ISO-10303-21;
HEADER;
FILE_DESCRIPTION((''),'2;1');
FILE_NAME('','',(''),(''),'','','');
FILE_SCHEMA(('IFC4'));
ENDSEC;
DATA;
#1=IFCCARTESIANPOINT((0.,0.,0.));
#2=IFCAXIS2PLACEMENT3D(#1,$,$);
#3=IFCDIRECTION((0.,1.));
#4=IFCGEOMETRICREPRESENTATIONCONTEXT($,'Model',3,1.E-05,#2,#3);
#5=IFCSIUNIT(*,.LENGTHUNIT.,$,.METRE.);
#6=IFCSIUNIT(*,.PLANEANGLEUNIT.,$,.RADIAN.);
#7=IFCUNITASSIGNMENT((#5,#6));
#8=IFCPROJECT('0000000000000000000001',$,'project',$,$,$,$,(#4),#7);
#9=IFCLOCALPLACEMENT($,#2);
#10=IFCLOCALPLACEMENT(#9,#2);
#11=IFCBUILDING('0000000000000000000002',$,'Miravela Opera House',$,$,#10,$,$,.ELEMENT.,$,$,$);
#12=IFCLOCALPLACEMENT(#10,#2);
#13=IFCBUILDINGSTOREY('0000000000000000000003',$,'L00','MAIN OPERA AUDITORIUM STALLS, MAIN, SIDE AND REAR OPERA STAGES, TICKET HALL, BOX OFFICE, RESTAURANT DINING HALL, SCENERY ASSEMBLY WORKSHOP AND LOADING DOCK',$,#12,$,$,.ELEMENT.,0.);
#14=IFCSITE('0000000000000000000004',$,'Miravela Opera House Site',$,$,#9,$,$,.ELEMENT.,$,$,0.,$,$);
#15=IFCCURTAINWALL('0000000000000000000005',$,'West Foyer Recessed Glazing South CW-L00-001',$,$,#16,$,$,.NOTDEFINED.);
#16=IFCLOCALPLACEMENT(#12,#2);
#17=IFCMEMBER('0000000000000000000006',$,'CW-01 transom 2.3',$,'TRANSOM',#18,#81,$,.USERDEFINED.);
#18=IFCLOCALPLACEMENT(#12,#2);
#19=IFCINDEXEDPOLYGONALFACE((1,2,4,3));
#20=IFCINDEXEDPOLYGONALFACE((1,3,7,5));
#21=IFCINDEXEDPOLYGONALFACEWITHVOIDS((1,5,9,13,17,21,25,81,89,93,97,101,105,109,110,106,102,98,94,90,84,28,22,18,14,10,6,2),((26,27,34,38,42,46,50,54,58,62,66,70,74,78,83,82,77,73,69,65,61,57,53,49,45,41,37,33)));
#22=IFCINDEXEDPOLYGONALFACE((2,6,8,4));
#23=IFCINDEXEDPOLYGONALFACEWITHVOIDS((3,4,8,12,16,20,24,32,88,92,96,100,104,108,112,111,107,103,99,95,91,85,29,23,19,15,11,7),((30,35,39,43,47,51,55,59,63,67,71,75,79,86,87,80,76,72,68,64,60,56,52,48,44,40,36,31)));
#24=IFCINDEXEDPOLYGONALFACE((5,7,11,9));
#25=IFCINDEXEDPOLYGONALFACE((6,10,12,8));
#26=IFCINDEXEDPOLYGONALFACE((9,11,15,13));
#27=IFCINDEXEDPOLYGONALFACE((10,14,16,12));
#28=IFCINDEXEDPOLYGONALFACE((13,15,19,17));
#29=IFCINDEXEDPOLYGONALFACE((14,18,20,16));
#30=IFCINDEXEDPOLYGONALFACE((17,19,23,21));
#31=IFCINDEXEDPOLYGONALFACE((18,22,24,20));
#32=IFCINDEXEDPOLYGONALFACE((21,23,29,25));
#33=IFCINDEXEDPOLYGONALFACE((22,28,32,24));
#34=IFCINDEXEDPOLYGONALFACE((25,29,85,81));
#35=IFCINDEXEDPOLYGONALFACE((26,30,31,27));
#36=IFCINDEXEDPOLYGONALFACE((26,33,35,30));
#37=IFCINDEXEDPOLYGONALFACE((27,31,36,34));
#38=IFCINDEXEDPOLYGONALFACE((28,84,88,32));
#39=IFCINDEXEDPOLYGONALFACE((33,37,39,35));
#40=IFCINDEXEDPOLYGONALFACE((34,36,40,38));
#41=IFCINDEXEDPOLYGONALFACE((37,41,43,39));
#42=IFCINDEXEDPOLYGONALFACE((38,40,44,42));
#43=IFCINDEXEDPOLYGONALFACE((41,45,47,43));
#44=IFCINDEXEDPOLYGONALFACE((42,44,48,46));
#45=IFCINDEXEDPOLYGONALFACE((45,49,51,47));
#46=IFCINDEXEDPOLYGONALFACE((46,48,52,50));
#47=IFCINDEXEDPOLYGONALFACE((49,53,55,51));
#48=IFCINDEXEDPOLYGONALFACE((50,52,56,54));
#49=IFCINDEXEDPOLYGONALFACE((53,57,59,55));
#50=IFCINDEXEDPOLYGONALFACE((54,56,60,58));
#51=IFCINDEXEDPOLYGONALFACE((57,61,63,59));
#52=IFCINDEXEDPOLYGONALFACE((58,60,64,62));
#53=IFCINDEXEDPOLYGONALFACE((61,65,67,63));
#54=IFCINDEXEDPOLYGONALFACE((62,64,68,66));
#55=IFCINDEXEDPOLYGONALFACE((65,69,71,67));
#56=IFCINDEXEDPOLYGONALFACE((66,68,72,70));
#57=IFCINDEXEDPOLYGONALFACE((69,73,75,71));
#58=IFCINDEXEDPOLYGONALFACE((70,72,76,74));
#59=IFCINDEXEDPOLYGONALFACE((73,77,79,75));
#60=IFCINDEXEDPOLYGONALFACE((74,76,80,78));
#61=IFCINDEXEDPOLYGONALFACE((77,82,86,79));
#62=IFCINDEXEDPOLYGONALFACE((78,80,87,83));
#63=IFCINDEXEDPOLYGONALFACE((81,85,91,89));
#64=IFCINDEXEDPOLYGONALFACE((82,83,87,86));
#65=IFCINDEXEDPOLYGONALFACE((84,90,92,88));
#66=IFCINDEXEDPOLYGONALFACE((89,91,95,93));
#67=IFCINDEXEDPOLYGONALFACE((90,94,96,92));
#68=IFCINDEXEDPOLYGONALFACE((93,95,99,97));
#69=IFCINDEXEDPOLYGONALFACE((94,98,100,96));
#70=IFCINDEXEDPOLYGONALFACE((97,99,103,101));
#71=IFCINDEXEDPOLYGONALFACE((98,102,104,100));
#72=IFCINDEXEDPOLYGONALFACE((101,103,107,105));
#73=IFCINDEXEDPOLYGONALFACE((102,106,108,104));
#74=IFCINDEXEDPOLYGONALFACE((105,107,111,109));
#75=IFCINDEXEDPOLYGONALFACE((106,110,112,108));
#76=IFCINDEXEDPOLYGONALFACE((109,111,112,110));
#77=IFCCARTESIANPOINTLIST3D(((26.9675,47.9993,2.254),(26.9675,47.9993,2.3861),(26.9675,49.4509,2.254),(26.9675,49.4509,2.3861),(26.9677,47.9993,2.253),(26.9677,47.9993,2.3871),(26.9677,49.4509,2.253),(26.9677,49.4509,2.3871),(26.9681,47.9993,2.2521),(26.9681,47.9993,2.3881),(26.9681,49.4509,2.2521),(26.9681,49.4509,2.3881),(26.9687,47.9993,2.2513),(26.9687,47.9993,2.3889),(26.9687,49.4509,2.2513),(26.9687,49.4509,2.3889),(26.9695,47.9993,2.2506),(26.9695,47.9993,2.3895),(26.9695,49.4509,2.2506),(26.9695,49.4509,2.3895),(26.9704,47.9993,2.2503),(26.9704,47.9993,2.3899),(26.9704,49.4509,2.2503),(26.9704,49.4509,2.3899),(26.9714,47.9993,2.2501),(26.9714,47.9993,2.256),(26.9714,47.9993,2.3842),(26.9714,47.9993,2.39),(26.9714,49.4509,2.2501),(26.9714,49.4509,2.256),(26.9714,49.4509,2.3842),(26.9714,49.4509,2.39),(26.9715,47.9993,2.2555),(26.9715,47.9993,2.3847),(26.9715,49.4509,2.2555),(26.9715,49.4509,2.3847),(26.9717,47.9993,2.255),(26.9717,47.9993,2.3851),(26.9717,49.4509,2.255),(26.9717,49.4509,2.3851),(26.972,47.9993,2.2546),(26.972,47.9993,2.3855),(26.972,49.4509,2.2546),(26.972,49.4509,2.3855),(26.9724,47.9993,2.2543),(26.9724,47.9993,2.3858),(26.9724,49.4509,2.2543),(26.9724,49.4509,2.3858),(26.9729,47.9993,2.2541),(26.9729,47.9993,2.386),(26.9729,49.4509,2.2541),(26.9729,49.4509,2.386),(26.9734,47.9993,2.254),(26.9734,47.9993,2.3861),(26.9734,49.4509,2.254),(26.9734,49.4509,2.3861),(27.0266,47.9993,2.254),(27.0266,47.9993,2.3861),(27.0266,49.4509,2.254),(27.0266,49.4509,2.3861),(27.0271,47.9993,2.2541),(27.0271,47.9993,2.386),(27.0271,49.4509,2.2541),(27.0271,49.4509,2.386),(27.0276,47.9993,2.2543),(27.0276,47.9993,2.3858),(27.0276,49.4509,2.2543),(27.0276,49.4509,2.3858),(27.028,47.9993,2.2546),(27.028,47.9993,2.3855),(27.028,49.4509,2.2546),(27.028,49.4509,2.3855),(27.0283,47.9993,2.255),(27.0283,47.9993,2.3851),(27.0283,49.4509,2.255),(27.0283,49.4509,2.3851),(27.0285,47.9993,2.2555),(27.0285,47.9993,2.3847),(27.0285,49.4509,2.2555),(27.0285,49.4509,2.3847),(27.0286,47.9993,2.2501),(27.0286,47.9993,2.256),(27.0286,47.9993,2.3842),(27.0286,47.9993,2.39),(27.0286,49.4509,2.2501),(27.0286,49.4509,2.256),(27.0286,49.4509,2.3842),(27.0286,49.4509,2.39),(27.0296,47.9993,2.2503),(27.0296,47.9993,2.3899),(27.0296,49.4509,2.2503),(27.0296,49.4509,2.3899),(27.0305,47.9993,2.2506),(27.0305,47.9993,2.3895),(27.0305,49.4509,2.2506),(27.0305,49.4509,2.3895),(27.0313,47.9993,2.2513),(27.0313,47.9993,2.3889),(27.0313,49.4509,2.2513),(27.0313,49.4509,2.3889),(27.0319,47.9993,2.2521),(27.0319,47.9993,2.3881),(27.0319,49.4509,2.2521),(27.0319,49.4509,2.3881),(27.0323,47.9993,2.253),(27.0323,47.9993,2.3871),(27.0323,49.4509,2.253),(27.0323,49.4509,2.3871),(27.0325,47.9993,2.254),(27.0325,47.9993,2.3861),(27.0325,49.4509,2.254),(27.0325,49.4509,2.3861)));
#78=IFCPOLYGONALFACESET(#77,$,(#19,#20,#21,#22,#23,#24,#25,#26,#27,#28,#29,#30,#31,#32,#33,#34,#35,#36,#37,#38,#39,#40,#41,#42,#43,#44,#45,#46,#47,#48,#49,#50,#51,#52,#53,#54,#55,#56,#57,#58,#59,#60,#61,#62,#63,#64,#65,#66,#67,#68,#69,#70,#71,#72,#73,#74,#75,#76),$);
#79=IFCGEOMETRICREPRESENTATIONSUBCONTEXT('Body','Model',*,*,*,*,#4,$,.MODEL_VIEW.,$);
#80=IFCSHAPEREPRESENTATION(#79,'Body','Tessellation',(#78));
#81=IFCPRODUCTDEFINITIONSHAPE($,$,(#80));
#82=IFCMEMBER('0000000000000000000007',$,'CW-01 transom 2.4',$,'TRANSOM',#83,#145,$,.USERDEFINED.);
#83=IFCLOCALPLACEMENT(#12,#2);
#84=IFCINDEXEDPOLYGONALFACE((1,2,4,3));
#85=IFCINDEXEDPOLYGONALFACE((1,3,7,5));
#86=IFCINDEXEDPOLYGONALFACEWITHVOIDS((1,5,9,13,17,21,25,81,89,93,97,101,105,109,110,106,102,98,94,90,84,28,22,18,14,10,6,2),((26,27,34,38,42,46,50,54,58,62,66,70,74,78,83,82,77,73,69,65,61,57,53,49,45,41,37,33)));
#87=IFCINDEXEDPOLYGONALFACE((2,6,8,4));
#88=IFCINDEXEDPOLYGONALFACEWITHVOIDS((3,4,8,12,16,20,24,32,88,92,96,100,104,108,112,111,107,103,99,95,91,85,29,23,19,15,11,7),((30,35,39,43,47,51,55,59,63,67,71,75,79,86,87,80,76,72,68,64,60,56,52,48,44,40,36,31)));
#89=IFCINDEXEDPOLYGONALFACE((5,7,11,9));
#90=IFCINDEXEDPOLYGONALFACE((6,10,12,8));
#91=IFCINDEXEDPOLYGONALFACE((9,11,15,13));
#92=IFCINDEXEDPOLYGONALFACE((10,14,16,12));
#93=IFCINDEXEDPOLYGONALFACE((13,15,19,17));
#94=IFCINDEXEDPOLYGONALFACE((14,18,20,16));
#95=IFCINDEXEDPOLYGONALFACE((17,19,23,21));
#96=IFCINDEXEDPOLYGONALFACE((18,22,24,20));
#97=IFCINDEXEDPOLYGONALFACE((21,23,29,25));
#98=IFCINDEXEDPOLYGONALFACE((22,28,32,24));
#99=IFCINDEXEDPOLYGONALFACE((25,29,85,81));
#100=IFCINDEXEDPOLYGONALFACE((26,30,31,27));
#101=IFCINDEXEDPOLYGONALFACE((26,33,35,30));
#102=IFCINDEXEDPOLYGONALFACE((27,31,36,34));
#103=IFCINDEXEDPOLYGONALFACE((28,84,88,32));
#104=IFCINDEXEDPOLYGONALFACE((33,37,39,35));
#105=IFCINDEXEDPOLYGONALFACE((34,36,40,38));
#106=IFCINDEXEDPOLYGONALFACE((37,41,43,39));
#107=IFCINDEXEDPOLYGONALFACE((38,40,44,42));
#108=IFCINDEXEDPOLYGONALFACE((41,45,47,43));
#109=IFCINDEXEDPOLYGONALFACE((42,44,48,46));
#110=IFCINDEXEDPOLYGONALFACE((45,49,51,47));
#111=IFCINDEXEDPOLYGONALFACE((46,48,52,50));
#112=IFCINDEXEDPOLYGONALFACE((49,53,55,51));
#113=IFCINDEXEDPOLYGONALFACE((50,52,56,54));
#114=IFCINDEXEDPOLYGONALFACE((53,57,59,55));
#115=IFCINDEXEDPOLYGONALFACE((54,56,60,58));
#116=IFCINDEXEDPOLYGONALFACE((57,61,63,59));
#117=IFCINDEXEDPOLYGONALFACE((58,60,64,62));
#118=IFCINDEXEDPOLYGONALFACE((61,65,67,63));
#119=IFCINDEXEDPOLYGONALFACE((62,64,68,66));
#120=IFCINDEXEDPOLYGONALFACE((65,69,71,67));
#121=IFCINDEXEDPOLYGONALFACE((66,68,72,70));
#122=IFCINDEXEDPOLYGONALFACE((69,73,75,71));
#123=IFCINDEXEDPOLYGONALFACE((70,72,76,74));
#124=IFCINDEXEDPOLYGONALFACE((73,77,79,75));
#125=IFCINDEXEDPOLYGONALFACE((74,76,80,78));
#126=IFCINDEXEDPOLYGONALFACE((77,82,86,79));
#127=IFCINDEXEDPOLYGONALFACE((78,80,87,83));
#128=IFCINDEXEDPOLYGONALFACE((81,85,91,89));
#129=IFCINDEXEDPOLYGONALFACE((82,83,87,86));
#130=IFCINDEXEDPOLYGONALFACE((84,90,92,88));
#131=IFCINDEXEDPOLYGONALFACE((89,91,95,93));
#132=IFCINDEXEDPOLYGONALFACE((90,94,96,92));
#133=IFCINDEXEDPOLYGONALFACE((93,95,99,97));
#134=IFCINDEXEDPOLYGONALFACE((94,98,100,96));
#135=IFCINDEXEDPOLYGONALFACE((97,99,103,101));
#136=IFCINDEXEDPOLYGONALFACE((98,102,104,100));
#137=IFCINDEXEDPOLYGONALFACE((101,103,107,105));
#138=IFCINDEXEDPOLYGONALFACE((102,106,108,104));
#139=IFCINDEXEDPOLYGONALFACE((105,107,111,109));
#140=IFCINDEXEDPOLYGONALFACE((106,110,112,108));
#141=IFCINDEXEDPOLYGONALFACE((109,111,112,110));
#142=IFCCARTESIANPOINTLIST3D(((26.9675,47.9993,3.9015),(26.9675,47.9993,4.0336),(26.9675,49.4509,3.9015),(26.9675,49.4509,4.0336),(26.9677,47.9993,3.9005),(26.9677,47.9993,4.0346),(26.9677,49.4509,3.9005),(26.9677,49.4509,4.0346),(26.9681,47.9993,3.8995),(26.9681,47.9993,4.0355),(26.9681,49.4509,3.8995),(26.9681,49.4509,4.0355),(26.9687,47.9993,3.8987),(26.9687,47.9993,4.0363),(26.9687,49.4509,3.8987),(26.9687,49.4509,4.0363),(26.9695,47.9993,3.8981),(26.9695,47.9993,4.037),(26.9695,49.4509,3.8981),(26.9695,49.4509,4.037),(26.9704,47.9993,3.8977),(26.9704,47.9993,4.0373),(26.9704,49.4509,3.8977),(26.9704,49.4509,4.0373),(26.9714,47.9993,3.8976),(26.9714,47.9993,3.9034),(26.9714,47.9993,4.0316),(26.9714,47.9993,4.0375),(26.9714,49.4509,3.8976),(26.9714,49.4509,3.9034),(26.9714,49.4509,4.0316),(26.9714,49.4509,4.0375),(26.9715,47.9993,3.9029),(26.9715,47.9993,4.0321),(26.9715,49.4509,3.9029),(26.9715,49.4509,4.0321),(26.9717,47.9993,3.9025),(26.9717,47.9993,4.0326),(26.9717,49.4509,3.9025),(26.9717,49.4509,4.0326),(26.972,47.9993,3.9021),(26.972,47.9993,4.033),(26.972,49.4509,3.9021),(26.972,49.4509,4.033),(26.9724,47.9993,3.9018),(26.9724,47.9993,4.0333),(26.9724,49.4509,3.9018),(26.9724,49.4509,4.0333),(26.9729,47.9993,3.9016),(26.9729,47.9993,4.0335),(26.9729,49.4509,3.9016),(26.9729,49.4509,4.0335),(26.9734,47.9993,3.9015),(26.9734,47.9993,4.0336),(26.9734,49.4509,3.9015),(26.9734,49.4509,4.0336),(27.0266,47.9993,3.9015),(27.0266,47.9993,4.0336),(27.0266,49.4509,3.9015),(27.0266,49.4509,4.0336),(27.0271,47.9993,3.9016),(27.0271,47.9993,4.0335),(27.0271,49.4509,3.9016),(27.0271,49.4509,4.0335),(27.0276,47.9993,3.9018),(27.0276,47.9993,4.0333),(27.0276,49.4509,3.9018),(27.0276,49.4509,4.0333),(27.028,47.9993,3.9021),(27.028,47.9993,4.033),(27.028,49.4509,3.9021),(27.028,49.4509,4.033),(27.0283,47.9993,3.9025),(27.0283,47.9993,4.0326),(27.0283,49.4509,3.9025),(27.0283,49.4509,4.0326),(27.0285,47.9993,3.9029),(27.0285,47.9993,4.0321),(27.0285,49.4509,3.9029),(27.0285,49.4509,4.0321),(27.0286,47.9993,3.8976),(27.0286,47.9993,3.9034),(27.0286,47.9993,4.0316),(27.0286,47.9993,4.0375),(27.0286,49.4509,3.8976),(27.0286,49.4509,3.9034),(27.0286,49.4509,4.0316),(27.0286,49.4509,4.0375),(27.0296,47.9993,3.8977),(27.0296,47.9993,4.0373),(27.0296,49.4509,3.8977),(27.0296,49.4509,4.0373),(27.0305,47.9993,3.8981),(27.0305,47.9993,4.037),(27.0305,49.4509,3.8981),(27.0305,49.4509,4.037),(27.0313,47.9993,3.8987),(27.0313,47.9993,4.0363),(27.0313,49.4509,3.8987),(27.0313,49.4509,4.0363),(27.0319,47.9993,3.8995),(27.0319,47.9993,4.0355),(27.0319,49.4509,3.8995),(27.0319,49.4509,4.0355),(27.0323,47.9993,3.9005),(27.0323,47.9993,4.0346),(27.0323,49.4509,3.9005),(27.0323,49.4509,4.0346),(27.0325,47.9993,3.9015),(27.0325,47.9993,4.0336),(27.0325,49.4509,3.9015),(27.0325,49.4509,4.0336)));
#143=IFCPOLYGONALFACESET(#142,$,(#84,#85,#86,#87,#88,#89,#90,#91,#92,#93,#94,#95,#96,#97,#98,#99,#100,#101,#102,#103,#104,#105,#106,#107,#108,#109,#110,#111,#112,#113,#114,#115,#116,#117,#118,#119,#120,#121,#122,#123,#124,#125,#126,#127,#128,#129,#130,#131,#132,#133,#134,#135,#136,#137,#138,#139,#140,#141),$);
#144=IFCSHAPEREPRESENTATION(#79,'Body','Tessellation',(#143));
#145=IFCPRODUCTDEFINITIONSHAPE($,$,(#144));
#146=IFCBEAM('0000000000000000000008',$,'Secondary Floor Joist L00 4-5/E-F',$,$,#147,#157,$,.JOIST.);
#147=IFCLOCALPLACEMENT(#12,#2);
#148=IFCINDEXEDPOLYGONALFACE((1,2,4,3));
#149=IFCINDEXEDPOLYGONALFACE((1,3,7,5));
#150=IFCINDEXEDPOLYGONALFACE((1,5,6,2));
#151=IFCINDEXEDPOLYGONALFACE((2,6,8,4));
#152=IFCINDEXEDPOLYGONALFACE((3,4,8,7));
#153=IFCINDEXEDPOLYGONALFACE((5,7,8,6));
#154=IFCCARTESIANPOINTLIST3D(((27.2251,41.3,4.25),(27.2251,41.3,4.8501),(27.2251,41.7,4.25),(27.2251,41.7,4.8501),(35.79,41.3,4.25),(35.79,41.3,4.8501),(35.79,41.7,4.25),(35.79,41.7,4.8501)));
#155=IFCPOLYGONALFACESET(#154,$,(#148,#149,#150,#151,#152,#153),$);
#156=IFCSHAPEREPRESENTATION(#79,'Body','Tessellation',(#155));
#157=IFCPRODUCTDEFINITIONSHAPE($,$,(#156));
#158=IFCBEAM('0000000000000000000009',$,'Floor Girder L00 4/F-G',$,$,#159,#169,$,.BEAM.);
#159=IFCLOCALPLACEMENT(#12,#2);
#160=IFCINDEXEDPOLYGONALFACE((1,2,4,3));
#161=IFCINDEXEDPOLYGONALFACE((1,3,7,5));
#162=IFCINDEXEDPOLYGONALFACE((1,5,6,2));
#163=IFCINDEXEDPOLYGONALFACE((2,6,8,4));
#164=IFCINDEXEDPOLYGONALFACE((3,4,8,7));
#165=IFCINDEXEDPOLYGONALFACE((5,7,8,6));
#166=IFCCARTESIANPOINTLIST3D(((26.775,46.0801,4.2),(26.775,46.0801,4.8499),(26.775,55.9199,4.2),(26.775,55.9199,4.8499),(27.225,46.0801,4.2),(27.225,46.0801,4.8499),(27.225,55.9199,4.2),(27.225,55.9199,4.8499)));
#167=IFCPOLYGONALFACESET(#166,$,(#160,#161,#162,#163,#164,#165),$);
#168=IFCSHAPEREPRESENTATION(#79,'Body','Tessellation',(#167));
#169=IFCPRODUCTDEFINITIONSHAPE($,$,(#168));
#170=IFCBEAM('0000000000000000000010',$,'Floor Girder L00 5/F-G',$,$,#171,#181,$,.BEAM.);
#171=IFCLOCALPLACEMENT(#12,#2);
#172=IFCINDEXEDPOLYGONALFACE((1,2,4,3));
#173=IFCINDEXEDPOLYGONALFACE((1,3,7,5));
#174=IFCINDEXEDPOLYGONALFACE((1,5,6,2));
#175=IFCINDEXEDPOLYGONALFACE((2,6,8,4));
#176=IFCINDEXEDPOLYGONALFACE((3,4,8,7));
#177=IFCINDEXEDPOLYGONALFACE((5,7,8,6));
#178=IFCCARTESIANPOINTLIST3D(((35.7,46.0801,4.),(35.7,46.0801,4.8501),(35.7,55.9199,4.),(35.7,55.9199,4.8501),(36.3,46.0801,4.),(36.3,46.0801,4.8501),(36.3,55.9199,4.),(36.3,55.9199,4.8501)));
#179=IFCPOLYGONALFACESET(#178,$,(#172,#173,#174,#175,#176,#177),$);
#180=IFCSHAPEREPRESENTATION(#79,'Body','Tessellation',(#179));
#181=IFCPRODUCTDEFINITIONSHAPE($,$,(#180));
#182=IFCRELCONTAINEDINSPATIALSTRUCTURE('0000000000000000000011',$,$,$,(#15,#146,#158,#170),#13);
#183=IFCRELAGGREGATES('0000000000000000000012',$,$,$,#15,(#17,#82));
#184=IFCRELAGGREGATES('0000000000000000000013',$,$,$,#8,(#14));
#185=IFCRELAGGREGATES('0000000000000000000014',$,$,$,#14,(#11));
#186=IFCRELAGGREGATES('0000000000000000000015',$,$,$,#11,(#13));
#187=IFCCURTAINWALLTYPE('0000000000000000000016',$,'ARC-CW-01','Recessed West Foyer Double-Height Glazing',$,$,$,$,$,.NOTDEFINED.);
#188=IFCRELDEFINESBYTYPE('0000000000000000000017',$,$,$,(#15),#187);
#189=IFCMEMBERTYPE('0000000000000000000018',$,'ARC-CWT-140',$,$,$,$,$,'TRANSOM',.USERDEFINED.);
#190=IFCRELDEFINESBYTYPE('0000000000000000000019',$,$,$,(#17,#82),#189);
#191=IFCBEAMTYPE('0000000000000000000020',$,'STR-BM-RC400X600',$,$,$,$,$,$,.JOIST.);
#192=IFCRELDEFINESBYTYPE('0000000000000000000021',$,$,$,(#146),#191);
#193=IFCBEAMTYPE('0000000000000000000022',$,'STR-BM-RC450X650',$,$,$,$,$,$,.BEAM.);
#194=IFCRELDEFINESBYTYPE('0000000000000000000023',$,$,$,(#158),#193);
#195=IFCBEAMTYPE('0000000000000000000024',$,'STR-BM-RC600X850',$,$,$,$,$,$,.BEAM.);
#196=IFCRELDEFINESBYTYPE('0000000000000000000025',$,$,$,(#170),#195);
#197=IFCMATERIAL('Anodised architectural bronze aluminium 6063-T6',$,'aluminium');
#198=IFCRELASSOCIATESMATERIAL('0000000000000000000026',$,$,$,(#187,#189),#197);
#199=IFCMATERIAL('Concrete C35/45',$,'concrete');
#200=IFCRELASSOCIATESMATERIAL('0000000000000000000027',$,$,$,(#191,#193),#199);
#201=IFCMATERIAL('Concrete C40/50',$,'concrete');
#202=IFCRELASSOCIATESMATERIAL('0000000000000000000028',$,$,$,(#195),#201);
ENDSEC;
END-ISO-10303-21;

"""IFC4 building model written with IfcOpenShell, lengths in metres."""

from ifc_helpers import new_model, si_unit, direction, frame, origin, origin_2d, place, context, subcontext, project, spatial, rectangle, hollow_rectangle, extrude, material, material_profile, profile_set, type_object, element, aggregate, save


model = new_model("IFC4")

# Units and contexts
model_context = context("Model", 3, precision=1e-05, world=origin(), true_north=direction((0.0, 1.0)))
body_context = subcontext(model_context, "Body", "Model", "MODEL_VIEW")
ifc_project = project(units=[si_unit("LENGTHUNIT", "METRE"), si_unit("PLANEANGLEUNIT", "RADIAN")], contexts=[model_context])

# Site, building, storey
site_placement = place(None, origin())
site = spatial("IfcSite", under=ifc_project, at=site_placement, Name="Miravela Opera House Site", CompositionType="ELEMENT", RefElevation=0.0)
building_placement = place(site_placement, origin())
building = spatial("IfcBuilding", under=site, at=building_placement, Name="Miravela Opera House", CompositionType="ELEMENT")
storey_placement = place(building_placement, origin())
storey = spatial("IfcBuildingStorey", under=building, at=storey_placement, Name="L00", Description="MAIN OPERA AUDITORIUM STALLS, MAIN, SIDE AND REAR OPERA STAGES, TICKET HALL, BOX OFFICE, RESTAURANT DINING HALL, SCENERY ASSEMBLY WORKSHOP AND LOADING DOCK", CompositionType="ELEMENT", Elevation=0.0)

# Shared definitions
ifc_material_1 = material(Name="Concrete C40/50", Category="concrete")

# Curtain wall, members
ifc_material_2 = material(Name="Anodised architectural bronze aluminium 6063-T6", Category="aluminium")
curtain_wall_type = type_object("IfcCurtainWallType", Name="ARC-CW-01", Description="Recessed West Foyer Double-Height Glazing", PredefinedType="NOTDEFINED", material=ifc_material_2)
curtain_wall_placement = place(storey_placement, origin())
curtain_wall = element("IfcCurtainWall", 1, at=curtain_wall_placement, inside=storey, type_object=curtain_wall_type, Name="West Foyer Recessed Glazing South CW-L00-001", PredefinedType="NOTDEFINED")
ifc_material_profile_1 = material_profile(ifc_material_2, hollow_rectangle(XDim=0.0649, YDim=0.1399, WallThickness=0.0039, InnerFilletRadius=0.002, OuterFilletRadius=0.0039, at=origin_2d()), Name="CWT-65X140")
ifc_profile_set_1 = profile_set([ifc_material_profile_1])
member_type_1 = type_object("IfcMemberType", Name="ARC-CWT-140", ElementType="TRANSOM", PredefinedType="USERDEFINED", material=ifc_profile_set_1)
member_1_placement = place(storey_placement, frame((27.0, 47.9993, 2.3201), z_axis=(0.0, 1.0, 0.0), x_axis=(-1.0, 0.0, 0.0)))
member_1 = element("IfcMember", 2, at=member_1_placement, type_object=member_type_1, Name="CW-01 transom 2.3", ObjectType="TRANSOM", PredefinedType="USERDEFINED", context=body_context, shape_type="SweptSolid", body=[
    extrude(hollow_rectangle(XDim=0.0649, YDim=0.1399, WallThickness=0.0039, InnerFilletRadius=0.002, OuterFilletRadius=0.0039, at=origin_2d()), origin(), (0.0, 0.0, 1.0), 1.4517),
])
member_2_placement = place(storey_placement, frame((27.0, 47.9993, 3.9675), z_axis=(0.0, 1.0, 0.0), x_axis=(-1.0, 0.0, 0.0)))
member_2 = element("IfcMember", 3, at=member_2_placement, type_object=member_type_1, Name="CW-01 transom 2.4", ObjectType="TRANSOM", PredefinedType="USERDEFINED", context=body_context, shape_type="SweptSolid", body=[
    extrude(hollow_rectangle(XDim=0.0649, YDim=0.1399, WallThickness=0.0039, InnerFilletRadius=0.002, OuterFilletRadius=0.0039, at=origin_2d()), origin(), (0.0, 0.0, 1.0), 1.4517),
])

# Beams
ifc_material_3 = material(Name="Concrete C35/45", Category="concrete")
ifc_material_profile_2 = material_profile(ifc_material_3, rectangle(XDim=0.3999, YDim=0.6001, at=origin_2d()), Name="RC-BM-400X600")
ifc_profile_set_2 = profile_set([ifc_material_profile_2])
beam_type_1 = type_object("IfcBeamType", Name="STR-BM-RC400X600", PredefinedType="JOIST", material=ifc_profile_set_2)
beam_1_placement = place(storey_placement, frame((27.2251, 41.5, 4.55), z_axis=(1.0, 0.0, 0.0), x_axis=(0.0, 1.0, 0.0)))
element("IfcBeam", 4, at=beam_1_placement, inside=storey, type_object=beam_type_1, Name="Secondary Floor Joist L00 4-5/E-F", PredefinedType="JOIST", context=body_context, shape_type="SweptSolid", body=[
    extrude(rectangle(XDim=0.3999, YDim=0.6001, at=origin_2d()), origin(), (0.0, 0.0, 1.0), 8.5649),
])
ifc_material_profile_3 = material_profile(ifc_material_3, rectangle(XDim=0.45, YDim=0.6499, at=origin_2d()), Name="RC-BM-450X650")
ifc_profile_set_3 = profile_set([ifc_material_profile_3])
beam_type_2 = type_object("IfcBeamType", Name="STR-BM-RC450X650", PredefinedType="BEAM", material=ifc_profile_set_3)
beam_2_placement = place(storey_placement, frame((27.0, 46.0801, 4.5249), z_axis=(0.0, 1.0, 0.0), x_axis=(-1.0, 0.0, 0.0)))
element("IfcBeam", 5, at=beam_2_placement, inside=storey, type_object=beam_type_2, Name="Floor Girder L00 4/F-G", PredefinedType="BEAM", context=body_context, shape_type="SweptSolid", body=[
    extrude(rectangle(XDim=0.45, YDim=0.6499, at=origin_2d()), origin(), (0.0, 0.0, 1.0), 9.8398),
])
ifc_material_profile_4 = material_profile(ifc_material_1, rectangle(XDim=0.6001, YDim=0.8501, at=origin_2d()), Name="RC-BM-600X850")
ifc_profile_set_4 = profile_set([ifc_material_profile_4])
beam_type_3 = type_object("IfcBeamType", Name="STR-BM-RC600X850", PredefinedType="BEAM", material=ifc_profile_set_4)
beam_3_placement = place(storey_placement, frame((36.0, 46.0801, 4.425), z_axis=(0.0, 1.0, 0.0), x_axis=(-1.0, 0.0, 0.0)))
element("IfcBeam", 6, at=beam_3_placement, inside=storey, type_object=beam_type_3, Name="Floor Girder L00 5/F-G", PredefinedType="BEAM", context=body_context, shape_type="SweptSolid", body=[
    extrude(rectangle(XDim=0.6001, YDim=0.8501, at=origin_2d()), origin(), (0.0, 0.0, 1.0), 9.8398),
])

aggregate(curtain_wall, [member_1, member_2])

save(model, "model.ifc")
